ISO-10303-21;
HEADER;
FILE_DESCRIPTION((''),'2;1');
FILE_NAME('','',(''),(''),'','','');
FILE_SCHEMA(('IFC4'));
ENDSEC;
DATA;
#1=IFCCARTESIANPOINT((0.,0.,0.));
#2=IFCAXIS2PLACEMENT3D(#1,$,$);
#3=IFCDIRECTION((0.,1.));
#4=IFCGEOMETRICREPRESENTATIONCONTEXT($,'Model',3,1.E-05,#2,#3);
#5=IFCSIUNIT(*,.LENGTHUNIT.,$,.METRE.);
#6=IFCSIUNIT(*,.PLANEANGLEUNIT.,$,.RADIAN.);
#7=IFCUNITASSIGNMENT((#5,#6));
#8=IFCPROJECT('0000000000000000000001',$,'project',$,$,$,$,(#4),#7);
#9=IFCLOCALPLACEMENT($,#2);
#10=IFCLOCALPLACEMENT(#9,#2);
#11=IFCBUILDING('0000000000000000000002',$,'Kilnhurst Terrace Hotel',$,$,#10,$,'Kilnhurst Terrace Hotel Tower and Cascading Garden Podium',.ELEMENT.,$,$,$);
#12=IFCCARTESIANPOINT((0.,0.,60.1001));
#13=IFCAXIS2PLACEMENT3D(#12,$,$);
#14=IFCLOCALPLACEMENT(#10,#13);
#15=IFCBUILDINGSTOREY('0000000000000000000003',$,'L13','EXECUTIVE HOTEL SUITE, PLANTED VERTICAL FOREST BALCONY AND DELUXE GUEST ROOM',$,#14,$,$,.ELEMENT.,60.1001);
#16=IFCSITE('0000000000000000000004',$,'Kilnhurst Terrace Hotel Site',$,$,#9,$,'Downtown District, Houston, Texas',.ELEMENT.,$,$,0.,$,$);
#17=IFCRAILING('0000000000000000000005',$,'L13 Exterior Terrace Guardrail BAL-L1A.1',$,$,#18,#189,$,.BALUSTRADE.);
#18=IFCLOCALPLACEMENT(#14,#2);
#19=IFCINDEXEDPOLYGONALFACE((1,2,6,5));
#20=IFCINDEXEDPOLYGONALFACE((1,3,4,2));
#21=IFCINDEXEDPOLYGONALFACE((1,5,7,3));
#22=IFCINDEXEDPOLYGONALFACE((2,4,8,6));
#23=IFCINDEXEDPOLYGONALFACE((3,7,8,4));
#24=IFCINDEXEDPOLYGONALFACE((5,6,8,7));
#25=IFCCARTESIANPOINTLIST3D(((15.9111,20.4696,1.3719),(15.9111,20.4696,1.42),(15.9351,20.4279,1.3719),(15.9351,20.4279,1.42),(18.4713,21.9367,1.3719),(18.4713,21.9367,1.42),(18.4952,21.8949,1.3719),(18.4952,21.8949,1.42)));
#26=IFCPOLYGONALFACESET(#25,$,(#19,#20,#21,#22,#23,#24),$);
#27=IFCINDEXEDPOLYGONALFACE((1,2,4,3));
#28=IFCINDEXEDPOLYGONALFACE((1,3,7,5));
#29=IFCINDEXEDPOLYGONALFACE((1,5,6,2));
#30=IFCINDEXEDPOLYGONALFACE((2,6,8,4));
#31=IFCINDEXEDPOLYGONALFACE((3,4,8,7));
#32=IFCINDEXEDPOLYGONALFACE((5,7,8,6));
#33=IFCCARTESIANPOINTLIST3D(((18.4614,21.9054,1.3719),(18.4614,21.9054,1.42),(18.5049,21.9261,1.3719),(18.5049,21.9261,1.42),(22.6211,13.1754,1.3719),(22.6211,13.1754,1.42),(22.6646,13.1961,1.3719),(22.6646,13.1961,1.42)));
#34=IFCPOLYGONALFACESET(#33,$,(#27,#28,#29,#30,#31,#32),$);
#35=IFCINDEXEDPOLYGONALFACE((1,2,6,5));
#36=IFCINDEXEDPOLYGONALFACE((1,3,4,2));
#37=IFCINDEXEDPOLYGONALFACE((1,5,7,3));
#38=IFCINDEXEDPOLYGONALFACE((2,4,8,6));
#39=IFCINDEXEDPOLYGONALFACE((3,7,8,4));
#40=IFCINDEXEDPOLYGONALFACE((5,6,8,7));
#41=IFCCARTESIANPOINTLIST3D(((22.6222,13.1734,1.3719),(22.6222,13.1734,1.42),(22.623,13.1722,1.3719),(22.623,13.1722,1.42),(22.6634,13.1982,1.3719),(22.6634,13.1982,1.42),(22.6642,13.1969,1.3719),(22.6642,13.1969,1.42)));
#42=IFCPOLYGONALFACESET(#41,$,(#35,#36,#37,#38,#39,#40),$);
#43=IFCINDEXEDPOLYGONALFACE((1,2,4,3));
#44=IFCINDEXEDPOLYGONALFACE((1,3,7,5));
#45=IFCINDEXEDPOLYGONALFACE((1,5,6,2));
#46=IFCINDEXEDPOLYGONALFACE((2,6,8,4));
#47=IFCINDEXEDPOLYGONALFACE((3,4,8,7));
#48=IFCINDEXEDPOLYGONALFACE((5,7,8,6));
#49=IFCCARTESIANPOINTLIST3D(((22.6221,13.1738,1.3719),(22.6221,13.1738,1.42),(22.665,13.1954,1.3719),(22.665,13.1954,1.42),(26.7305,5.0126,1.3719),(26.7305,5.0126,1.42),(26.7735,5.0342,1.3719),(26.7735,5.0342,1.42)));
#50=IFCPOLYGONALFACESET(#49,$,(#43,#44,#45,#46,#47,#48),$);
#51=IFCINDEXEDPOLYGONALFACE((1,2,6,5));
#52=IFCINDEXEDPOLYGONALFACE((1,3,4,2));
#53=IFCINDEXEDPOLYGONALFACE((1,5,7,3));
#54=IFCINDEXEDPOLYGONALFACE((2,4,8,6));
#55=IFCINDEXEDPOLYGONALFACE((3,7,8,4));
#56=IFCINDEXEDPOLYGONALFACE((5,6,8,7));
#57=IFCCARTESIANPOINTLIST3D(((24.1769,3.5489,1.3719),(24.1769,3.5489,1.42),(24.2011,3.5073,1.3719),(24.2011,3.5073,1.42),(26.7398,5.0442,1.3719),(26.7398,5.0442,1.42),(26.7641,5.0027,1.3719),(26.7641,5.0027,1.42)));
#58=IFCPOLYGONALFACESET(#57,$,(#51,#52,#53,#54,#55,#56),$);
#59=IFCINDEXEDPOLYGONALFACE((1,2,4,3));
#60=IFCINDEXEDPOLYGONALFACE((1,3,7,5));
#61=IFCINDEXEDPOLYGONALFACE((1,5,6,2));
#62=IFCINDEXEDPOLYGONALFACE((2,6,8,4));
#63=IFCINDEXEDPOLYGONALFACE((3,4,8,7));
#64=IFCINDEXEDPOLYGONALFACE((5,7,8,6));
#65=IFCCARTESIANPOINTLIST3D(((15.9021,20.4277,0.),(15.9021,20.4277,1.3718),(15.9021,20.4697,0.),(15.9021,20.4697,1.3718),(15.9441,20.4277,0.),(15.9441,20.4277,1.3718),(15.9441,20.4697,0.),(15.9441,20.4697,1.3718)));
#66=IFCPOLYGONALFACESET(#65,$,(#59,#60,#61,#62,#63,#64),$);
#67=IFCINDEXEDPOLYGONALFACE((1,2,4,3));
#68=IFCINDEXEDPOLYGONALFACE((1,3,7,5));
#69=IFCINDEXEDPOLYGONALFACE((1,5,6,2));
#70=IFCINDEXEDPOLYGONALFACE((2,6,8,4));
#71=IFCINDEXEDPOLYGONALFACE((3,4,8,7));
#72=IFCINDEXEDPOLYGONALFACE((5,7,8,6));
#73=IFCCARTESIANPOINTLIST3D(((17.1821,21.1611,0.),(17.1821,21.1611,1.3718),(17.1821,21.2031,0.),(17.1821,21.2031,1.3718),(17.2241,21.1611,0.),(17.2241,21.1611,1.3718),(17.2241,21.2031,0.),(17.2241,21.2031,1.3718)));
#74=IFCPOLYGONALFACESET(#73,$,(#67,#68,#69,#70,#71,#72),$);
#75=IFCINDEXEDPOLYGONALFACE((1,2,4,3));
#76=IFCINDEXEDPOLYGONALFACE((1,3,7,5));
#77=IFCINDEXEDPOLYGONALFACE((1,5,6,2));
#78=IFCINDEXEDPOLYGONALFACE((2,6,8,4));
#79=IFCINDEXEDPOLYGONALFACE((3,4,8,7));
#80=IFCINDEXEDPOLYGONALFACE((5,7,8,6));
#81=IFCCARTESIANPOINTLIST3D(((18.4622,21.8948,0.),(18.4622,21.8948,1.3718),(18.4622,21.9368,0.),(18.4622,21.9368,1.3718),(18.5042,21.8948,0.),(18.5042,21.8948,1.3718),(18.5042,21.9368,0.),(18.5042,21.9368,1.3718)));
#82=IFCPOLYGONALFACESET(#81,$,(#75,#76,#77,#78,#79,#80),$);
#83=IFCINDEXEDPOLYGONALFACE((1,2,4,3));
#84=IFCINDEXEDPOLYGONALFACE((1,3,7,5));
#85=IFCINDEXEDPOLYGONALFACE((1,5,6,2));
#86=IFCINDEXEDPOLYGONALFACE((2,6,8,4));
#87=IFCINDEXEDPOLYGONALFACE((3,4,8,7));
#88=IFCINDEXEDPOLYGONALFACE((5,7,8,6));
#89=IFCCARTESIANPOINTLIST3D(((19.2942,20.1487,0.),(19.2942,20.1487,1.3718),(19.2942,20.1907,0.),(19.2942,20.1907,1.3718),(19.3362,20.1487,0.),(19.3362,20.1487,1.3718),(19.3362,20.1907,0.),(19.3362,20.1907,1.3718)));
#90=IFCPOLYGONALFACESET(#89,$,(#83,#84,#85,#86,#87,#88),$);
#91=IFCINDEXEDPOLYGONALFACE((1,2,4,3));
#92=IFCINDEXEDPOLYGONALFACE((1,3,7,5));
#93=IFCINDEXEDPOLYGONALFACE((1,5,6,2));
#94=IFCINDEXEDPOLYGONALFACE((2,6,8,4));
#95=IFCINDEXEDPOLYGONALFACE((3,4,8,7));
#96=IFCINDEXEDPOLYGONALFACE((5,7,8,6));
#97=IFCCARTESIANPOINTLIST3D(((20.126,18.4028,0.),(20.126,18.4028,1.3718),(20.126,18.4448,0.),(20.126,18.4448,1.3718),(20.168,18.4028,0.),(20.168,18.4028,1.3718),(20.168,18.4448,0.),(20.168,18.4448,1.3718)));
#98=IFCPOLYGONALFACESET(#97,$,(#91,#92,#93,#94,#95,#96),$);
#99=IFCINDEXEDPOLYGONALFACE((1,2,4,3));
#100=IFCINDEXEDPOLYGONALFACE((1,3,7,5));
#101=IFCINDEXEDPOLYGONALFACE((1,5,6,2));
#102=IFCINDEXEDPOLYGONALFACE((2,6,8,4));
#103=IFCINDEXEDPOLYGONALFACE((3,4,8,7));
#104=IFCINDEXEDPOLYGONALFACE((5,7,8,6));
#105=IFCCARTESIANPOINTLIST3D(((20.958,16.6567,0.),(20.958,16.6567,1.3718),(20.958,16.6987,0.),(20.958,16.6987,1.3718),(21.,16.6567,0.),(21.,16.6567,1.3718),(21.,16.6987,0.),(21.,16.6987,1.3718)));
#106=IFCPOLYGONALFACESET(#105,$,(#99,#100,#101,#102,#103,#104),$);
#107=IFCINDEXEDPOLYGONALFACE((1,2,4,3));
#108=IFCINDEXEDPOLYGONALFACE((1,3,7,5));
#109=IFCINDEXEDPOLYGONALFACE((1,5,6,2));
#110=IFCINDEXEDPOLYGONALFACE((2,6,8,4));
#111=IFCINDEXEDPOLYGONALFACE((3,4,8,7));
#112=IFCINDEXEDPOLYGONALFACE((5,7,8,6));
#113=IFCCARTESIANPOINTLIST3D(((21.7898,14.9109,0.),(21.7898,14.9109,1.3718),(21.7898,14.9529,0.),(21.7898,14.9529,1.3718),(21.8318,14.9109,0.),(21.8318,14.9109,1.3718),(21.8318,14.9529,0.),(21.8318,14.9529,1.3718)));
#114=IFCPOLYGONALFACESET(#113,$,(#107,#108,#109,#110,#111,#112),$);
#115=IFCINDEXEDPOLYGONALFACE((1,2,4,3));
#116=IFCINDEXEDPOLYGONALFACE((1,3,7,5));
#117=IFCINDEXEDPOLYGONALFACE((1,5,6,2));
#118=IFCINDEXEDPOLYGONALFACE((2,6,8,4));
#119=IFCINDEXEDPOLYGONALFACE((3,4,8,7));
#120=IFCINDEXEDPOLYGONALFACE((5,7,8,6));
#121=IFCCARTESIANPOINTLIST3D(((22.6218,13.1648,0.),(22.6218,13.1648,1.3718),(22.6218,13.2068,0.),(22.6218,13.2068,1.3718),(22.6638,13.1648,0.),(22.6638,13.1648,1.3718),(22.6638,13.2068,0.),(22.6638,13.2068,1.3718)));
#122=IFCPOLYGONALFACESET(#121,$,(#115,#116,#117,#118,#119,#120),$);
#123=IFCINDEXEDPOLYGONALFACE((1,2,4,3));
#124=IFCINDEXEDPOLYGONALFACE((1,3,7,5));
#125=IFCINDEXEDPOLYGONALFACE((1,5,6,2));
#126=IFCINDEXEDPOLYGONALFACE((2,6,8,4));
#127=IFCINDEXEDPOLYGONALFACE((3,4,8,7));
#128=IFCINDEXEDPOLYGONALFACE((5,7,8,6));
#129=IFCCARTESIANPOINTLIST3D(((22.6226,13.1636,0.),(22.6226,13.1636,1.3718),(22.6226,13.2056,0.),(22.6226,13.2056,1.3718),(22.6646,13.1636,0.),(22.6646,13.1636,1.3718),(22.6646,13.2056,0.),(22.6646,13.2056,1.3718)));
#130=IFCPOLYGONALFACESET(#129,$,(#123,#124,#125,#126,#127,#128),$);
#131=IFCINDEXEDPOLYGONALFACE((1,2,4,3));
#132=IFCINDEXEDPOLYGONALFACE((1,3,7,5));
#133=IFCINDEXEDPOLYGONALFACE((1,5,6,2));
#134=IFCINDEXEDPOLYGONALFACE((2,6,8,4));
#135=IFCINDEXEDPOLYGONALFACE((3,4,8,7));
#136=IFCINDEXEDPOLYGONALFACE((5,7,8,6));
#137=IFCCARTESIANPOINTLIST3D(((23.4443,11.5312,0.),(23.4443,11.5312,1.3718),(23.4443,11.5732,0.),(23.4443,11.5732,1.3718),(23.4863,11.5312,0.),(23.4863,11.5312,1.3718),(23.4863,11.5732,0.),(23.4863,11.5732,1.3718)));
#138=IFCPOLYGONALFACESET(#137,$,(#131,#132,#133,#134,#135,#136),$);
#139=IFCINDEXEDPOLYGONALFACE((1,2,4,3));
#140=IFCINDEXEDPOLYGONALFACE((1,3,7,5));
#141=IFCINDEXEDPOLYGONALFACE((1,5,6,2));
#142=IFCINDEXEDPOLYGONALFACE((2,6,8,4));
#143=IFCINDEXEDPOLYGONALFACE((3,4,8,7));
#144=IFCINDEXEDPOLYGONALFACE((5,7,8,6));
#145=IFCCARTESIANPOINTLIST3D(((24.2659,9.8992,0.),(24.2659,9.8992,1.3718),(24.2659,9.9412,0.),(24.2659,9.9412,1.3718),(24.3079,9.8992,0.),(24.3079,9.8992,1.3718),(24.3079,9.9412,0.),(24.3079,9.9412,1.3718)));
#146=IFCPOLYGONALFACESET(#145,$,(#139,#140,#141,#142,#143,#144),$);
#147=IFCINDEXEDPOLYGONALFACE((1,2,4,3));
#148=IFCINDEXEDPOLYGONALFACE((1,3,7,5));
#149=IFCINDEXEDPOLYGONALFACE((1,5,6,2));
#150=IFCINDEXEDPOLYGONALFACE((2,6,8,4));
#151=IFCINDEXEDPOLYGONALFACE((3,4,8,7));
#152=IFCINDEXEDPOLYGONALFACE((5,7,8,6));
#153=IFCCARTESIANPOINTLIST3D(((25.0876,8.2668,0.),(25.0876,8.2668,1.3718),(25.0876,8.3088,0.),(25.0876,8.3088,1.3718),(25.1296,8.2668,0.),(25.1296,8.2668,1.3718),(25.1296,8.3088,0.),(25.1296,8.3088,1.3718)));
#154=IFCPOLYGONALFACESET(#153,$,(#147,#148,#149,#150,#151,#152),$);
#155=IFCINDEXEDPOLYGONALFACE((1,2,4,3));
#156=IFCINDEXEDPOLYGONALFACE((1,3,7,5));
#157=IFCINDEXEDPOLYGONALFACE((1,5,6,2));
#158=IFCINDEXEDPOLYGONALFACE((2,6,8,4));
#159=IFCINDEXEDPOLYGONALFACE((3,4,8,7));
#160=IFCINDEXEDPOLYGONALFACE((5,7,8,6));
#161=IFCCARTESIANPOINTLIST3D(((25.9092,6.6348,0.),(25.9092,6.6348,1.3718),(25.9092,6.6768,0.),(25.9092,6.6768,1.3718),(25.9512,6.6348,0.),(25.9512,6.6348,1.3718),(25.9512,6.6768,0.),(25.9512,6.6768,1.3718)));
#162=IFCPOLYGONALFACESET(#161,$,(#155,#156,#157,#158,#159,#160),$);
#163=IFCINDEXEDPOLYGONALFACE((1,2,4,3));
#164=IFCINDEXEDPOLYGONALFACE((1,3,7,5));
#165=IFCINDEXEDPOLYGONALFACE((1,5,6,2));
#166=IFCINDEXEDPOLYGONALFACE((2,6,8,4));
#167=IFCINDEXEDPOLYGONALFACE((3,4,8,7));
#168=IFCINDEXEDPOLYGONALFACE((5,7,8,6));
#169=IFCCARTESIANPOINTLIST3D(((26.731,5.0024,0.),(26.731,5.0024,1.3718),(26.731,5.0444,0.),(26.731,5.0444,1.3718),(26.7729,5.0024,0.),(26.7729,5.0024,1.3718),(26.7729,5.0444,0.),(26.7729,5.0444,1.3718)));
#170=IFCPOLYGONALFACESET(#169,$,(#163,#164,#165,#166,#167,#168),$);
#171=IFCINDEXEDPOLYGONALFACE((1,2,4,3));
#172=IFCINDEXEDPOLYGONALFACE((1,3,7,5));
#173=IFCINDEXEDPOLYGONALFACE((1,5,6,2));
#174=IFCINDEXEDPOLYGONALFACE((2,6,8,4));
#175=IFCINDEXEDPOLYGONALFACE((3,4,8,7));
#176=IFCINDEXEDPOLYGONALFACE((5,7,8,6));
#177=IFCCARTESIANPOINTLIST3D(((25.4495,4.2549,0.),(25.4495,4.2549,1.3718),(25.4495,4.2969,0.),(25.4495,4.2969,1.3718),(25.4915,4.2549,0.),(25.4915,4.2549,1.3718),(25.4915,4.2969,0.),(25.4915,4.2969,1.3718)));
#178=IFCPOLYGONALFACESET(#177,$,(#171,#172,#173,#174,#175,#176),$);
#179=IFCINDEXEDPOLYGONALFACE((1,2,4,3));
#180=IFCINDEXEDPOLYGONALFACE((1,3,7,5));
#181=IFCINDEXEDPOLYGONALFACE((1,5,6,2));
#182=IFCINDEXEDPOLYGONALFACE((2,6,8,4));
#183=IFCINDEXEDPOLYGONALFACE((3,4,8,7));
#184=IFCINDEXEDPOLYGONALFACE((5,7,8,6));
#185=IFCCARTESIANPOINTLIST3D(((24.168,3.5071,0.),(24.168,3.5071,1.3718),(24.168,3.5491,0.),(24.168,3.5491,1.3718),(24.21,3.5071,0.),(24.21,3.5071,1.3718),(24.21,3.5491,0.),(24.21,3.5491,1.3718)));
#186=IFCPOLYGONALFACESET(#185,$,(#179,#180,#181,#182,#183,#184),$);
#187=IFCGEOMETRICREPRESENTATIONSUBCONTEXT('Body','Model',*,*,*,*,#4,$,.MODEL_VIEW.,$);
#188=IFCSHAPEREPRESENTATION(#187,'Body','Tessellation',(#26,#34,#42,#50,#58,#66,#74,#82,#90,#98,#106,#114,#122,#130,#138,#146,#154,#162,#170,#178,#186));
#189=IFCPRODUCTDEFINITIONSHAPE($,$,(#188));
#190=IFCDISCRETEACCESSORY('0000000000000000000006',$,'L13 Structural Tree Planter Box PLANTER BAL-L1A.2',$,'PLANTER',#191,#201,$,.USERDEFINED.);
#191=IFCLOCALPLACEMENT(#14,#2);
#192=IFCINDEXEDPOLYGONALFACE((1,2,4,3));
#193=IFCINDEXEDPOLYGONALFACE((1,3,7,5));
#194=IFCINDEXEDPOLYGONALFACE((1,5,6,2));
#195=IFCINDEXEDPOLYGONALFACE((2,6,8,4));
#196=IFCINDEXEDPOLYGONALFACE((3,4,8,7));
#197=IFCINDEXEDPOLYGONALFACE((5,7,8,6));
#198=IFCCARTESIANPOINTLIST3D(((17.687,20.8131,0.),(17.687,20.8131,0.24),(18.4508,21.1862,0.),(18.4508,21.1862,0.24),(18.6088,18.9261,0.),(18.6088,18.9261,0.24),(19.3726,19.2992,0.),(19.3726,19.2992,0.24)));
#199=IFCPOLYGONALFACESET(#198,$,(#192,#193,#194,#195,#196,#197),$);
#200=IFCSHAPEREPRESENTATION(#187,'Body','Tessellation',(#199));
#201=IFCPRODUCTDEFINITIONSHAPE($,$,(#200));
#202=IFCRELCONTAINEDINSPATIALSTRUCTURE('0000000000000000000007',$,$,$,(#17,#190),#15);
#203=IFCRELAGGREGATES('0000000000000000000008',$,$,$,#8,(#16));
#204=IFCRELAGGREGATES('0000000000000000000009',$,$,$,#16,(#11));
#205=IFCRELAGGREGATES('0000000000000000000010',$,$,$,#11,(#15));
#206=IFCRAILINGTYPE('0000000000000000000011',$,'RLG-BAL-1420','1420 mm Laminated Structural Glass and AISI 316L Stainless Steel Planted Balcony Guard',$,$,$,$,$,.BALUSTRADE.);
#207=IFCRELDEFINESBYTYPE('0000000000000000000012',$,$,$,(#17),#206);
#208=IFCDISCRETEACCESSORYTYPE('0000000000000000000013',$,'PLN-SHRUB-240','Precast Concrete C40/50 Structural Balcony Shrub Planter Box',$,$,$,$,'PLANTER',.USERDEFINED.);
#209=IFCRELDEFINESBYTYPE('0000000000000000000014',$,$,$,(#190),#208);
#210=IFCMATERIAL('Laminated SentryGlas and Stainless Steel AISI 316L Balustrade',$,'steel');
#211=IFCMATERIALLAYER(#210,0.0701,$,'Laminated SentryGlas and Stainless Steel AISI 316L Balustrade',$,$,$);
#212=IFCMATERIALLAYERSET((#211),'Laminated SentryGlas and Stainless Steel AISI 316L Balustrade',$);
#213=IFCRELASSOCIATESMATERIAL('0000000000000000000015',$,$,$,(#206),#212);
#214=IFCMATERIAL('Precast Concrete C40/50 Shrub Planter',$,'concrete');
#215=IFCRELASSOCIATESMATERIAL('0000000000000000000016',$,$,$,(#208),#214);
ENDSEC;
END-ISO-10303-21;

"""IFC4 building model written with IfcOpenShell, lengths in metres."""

from ifc_helpers import new_model, si_unit, direction, frame, origin, origin_2d, place, context, subcontext, project, spatial, rectangle, extrude, material, layer, layer_set, type_object, element, save


model = new_model("IFC4")

# Units and contexts
model_context = context("Model", 3, precision=1e-05, world=origin(), true_north=direction((0.0, 1.0)))
body_context = subcontext(model_context, "Body", "Model", "MODEL_VIEW")
ifc_project = project(units=[si_unit("LENGTHUNIT", "METRE"), si_unit("PLANEANGLEUNIT", "RADIAN")], contexts=[model_context])

# Site, building, storey
site_placement = place(None, origin())
site = spatial("IfcSite", under=ifc_project, at=site_placement, Name="Kilnhurst Terrace Hotel Site", LongName="Downtown District, Houston, Texas", CompositionType="ELEMENT", RefElevation=0.0)
building_placement = place(site_placement, origin())
building = spatial("IfcBuilding", under=site, at=building_placement, Name="Kilnhurst Terrace Hotel", LongName="Kilnhurst Terrace Hotel Tower and Cascading Garden Podium", CompositionType="ELEMENT")
storey_placement = place(building_placement, frame((0.0, 0.0, 60.1001)))
storey = spatial("IfcBuildingStorey", under=building, at=storey_placement, Name="L13", Description="EXECUTIVE HOTEL SUITE, PLANTED VERTICAL FOREST BALCONY AND DELUXE GUEST ROOM", CompositionType="ELEMENT", Elevation=60.1001)

# Railing
ifc_material_1 = material(Name="Laminated SentryGlas and Stainless Steel AISI 316L Balustrade", Category="steel")
ifc_layer_1 = layer(ifc_material_1, 0.0701, Name="Laminated SentryGlas and Stainless Steel AISI 316L Balustrade")
ifc_layer_set_1 = layer_set([ifc_layer_1], Name="Laminated SentryGlas and Stainless Steel AISI 316L Balustrade")
railing_type = type_object("IfcRailingType", Name="RLG-BAL-1420", Description="1420 mm Laminated Structural Glass and AISI 316L Stainless Steel Planted Balcony Guard", PredefinedType="BALUSTRADE", material=ifc_layer_set_1)
railing_placement = place(storey_placement, frame((15.9231, 20.4487, 0.0)))
element("IfcRailing", 1, at=railing_placement, inside=storey, type_object=railing_type, Name="L13 Exterior Terrace Guardrail BAL-L1A.1", PredefinedType="BALUSTRADE", context=body_context, shape_type="SweptSolid", body=[
    extrude(rectangle(XDim=0.0481, YDim=0.0481, at=origin_2d()), frame((0.0, 0.0, 1.396), z_axis=(0.867637, 0.497199, 0.0), x_axis=(-0.497199, 0.867637, 0.0)), (0.0, 0.0, 1.0), 2.9507),
    extrude(rectangle(XDim=0.0481, YDim=0.0481, at=origin_2d()), frame((2.5601, 1.467, 1.396), z_axis=(0.430147, -0.902759, 0.0), x_axis=(0.902759, 0.430147, 0.0)), (0.0, 0.0, 1.0), 9.6704),
    extrude(rectangle(XDim=0.0481, YDim=0.0481, at=origin_2d()), frame((6.7197, -7.2629, 1.396), z_axis=(0.514496, -0.857493, 0.0), x_axis=(0.857493, 0.514496, 0.0)), (0.0, 0.0, 1.0), 0.0015),
    extrude(rectangle(XDim=0.0481, YDim=0.0481, at=origin_2d()), frame((6.7205, -7.2642, 1.396), z_axis=(0.449649, -0.893205, 0.0), x_axis=(0.893205, 0.449649, 0.0)), (0.0, 0.0, 1.0), 9.137),
    extrude(rectangle(XDim=0.0481, YDim=0.0481, at=origin_2d()), frame((10.8289, -15.4253, 1.396), z_axis=(-0.863737, -0.503943, 0.0), x_axis=(0.503943, -0.863737, 0.0)), (0.0, 0.0, 1.0), 2.9673),
    extrude(rectangle(XDim=0.042, YDim=0.042, at=origin_2d()), origin(), (0.0, 0.0, 1.0), 1.3718),
    extrude(rectangle(XDim=0.042, YDim=0.042, at=origin_2d()), frame((1.28, 0.7334, 0.0)), (0.0, 0.0, 1.0), 1.3718),
    extrude(rectangle(XDim=0.042, YDim=0.042, at=origin_2d()), frame((2.5601, 1.467, 0.0)), (0.0, 0.0, 1.0), 1.3718),
    extrude(rectangle(XDim=0.042, YDim=0.042, at=origin_2d()), frame((3.3921, -0.2791, 0.0)), (0.0, 0.0, 1.0), 1.3718),
    extrude(rectangle(XDim=0.042, YDim=0.042, at=origin_2d()), frame((4.2239, -2.0249, 0.0)), (0.0, 0.0, 1.0), 1.3718),
    extrude(rectangle(XDim=0.042, YDim=0.042, at=origin_2d()), frame((5.0559, -3.771, 0.0)), (0.0, 0.0, 1.0), 1.3718),
    extrude(rectangle(XDim=0.042, YDim=0.042, at=origin_2d()), frame((5.8877, -5.5168, 0.0)), (0.0, 0.0, 1.0), 1.3718),
    extrude(rectangle(XDim=0.042, YDim=0.042, at=origin_2d()), frame((6.7197, -7.2629, 0.0)), (0.0, 0.0, 1.0), 1.3718),
    extrude(rectangle(XDim=0.042, YDim=0.042, at=origin_2d()), frame((6.7205, -7.2642, 0.0)), (0.0, 0.0, 1.0), 1.3718),
    extrude(rectangle(XDim=0.042, YDim=0.042, at=origin_2d()), frame((7.5422, -8.8965, 0.0)), (0.0, 0.0, 1.0), 1.3718),
    extrude(rectangle(XDim=0.042, YDim=0.042, at=origin_2d()), frame((8.3638, -10.5286, 0.0)), (0.0, 0.0, 1.0), 1.3718),
    extrude(rectangle(XDim=0.042, YDim=0.042, at=origin_2d()), frame((9.1855, -12.1609, 0.0)), (0.0, 0.0, 1.0), 1.3718),
    extrude(rectangle(XDim=0.042, YDim=0.042, at=origin_2d()), frame((10.0071, -13.793, 0.0)), (0.0, 0.0, 1.0), 1.3718),
    extrude(rectangle(XDim=0.042, YDim=0.042, at=origin_2d()), frame((10.8289, -15.4253, 0.0)), (0.0, 0.0, 1.0), 1.3718),
    extrude(rectangle(XDim=0.042, YDim=0.042, at=origin_2d()), frame((9.5474, -16.1729, 0.0)), (0.0, 0.0, 1.0), 1.3718),
    extrude(rectangle(XDim=0.042, YDim=0.042, at=origin_2d()), frame((8.2659, -16.9207, 0.0)), (0.0, 0.0, 1.0), 1.3718),
])

# Discrete accessory
ifc_material_2 = material(Name="Precast Concrete C40/50 Shrub Planter", Category="concrete")
discrete_accessory_type = type_object("IfcDiscreteAccessoryType", Name="PLN-SHRUB-240", Description="Precast Concrete C40/50 Structural Balcony Shrub Planter Box", ElementType="PLANTER", PredefinedType="USERDEFINED", material=ifc_material_2)
discrete_accessory_placement = place(storey_placement, frame((18.5298, 20.0562, 0.0), z_axis=(0.0, 0.0, 1.0), x_axis=(-0.438936, 0.898518, 0.0)))
element("IfcDiscreteAccessory", 2, at=discrete_accessory_placement, inside=storey, type_object=discrete_accessory_type, Name="L13 Structural Tree Planter Box PLANTER BAL-L1A.2", ObjectType="PLANTER", PredefinedType="USERDEFINED", context=body_context, shape_type="SweptSolid", body=[
    extrude(rectangle(XDim=2.1001, YDim=0.8501, at=origin_2d()), origin(), (0.0, 0.0, 1.0), 0.24),
])

save(model, "model.ifc")
